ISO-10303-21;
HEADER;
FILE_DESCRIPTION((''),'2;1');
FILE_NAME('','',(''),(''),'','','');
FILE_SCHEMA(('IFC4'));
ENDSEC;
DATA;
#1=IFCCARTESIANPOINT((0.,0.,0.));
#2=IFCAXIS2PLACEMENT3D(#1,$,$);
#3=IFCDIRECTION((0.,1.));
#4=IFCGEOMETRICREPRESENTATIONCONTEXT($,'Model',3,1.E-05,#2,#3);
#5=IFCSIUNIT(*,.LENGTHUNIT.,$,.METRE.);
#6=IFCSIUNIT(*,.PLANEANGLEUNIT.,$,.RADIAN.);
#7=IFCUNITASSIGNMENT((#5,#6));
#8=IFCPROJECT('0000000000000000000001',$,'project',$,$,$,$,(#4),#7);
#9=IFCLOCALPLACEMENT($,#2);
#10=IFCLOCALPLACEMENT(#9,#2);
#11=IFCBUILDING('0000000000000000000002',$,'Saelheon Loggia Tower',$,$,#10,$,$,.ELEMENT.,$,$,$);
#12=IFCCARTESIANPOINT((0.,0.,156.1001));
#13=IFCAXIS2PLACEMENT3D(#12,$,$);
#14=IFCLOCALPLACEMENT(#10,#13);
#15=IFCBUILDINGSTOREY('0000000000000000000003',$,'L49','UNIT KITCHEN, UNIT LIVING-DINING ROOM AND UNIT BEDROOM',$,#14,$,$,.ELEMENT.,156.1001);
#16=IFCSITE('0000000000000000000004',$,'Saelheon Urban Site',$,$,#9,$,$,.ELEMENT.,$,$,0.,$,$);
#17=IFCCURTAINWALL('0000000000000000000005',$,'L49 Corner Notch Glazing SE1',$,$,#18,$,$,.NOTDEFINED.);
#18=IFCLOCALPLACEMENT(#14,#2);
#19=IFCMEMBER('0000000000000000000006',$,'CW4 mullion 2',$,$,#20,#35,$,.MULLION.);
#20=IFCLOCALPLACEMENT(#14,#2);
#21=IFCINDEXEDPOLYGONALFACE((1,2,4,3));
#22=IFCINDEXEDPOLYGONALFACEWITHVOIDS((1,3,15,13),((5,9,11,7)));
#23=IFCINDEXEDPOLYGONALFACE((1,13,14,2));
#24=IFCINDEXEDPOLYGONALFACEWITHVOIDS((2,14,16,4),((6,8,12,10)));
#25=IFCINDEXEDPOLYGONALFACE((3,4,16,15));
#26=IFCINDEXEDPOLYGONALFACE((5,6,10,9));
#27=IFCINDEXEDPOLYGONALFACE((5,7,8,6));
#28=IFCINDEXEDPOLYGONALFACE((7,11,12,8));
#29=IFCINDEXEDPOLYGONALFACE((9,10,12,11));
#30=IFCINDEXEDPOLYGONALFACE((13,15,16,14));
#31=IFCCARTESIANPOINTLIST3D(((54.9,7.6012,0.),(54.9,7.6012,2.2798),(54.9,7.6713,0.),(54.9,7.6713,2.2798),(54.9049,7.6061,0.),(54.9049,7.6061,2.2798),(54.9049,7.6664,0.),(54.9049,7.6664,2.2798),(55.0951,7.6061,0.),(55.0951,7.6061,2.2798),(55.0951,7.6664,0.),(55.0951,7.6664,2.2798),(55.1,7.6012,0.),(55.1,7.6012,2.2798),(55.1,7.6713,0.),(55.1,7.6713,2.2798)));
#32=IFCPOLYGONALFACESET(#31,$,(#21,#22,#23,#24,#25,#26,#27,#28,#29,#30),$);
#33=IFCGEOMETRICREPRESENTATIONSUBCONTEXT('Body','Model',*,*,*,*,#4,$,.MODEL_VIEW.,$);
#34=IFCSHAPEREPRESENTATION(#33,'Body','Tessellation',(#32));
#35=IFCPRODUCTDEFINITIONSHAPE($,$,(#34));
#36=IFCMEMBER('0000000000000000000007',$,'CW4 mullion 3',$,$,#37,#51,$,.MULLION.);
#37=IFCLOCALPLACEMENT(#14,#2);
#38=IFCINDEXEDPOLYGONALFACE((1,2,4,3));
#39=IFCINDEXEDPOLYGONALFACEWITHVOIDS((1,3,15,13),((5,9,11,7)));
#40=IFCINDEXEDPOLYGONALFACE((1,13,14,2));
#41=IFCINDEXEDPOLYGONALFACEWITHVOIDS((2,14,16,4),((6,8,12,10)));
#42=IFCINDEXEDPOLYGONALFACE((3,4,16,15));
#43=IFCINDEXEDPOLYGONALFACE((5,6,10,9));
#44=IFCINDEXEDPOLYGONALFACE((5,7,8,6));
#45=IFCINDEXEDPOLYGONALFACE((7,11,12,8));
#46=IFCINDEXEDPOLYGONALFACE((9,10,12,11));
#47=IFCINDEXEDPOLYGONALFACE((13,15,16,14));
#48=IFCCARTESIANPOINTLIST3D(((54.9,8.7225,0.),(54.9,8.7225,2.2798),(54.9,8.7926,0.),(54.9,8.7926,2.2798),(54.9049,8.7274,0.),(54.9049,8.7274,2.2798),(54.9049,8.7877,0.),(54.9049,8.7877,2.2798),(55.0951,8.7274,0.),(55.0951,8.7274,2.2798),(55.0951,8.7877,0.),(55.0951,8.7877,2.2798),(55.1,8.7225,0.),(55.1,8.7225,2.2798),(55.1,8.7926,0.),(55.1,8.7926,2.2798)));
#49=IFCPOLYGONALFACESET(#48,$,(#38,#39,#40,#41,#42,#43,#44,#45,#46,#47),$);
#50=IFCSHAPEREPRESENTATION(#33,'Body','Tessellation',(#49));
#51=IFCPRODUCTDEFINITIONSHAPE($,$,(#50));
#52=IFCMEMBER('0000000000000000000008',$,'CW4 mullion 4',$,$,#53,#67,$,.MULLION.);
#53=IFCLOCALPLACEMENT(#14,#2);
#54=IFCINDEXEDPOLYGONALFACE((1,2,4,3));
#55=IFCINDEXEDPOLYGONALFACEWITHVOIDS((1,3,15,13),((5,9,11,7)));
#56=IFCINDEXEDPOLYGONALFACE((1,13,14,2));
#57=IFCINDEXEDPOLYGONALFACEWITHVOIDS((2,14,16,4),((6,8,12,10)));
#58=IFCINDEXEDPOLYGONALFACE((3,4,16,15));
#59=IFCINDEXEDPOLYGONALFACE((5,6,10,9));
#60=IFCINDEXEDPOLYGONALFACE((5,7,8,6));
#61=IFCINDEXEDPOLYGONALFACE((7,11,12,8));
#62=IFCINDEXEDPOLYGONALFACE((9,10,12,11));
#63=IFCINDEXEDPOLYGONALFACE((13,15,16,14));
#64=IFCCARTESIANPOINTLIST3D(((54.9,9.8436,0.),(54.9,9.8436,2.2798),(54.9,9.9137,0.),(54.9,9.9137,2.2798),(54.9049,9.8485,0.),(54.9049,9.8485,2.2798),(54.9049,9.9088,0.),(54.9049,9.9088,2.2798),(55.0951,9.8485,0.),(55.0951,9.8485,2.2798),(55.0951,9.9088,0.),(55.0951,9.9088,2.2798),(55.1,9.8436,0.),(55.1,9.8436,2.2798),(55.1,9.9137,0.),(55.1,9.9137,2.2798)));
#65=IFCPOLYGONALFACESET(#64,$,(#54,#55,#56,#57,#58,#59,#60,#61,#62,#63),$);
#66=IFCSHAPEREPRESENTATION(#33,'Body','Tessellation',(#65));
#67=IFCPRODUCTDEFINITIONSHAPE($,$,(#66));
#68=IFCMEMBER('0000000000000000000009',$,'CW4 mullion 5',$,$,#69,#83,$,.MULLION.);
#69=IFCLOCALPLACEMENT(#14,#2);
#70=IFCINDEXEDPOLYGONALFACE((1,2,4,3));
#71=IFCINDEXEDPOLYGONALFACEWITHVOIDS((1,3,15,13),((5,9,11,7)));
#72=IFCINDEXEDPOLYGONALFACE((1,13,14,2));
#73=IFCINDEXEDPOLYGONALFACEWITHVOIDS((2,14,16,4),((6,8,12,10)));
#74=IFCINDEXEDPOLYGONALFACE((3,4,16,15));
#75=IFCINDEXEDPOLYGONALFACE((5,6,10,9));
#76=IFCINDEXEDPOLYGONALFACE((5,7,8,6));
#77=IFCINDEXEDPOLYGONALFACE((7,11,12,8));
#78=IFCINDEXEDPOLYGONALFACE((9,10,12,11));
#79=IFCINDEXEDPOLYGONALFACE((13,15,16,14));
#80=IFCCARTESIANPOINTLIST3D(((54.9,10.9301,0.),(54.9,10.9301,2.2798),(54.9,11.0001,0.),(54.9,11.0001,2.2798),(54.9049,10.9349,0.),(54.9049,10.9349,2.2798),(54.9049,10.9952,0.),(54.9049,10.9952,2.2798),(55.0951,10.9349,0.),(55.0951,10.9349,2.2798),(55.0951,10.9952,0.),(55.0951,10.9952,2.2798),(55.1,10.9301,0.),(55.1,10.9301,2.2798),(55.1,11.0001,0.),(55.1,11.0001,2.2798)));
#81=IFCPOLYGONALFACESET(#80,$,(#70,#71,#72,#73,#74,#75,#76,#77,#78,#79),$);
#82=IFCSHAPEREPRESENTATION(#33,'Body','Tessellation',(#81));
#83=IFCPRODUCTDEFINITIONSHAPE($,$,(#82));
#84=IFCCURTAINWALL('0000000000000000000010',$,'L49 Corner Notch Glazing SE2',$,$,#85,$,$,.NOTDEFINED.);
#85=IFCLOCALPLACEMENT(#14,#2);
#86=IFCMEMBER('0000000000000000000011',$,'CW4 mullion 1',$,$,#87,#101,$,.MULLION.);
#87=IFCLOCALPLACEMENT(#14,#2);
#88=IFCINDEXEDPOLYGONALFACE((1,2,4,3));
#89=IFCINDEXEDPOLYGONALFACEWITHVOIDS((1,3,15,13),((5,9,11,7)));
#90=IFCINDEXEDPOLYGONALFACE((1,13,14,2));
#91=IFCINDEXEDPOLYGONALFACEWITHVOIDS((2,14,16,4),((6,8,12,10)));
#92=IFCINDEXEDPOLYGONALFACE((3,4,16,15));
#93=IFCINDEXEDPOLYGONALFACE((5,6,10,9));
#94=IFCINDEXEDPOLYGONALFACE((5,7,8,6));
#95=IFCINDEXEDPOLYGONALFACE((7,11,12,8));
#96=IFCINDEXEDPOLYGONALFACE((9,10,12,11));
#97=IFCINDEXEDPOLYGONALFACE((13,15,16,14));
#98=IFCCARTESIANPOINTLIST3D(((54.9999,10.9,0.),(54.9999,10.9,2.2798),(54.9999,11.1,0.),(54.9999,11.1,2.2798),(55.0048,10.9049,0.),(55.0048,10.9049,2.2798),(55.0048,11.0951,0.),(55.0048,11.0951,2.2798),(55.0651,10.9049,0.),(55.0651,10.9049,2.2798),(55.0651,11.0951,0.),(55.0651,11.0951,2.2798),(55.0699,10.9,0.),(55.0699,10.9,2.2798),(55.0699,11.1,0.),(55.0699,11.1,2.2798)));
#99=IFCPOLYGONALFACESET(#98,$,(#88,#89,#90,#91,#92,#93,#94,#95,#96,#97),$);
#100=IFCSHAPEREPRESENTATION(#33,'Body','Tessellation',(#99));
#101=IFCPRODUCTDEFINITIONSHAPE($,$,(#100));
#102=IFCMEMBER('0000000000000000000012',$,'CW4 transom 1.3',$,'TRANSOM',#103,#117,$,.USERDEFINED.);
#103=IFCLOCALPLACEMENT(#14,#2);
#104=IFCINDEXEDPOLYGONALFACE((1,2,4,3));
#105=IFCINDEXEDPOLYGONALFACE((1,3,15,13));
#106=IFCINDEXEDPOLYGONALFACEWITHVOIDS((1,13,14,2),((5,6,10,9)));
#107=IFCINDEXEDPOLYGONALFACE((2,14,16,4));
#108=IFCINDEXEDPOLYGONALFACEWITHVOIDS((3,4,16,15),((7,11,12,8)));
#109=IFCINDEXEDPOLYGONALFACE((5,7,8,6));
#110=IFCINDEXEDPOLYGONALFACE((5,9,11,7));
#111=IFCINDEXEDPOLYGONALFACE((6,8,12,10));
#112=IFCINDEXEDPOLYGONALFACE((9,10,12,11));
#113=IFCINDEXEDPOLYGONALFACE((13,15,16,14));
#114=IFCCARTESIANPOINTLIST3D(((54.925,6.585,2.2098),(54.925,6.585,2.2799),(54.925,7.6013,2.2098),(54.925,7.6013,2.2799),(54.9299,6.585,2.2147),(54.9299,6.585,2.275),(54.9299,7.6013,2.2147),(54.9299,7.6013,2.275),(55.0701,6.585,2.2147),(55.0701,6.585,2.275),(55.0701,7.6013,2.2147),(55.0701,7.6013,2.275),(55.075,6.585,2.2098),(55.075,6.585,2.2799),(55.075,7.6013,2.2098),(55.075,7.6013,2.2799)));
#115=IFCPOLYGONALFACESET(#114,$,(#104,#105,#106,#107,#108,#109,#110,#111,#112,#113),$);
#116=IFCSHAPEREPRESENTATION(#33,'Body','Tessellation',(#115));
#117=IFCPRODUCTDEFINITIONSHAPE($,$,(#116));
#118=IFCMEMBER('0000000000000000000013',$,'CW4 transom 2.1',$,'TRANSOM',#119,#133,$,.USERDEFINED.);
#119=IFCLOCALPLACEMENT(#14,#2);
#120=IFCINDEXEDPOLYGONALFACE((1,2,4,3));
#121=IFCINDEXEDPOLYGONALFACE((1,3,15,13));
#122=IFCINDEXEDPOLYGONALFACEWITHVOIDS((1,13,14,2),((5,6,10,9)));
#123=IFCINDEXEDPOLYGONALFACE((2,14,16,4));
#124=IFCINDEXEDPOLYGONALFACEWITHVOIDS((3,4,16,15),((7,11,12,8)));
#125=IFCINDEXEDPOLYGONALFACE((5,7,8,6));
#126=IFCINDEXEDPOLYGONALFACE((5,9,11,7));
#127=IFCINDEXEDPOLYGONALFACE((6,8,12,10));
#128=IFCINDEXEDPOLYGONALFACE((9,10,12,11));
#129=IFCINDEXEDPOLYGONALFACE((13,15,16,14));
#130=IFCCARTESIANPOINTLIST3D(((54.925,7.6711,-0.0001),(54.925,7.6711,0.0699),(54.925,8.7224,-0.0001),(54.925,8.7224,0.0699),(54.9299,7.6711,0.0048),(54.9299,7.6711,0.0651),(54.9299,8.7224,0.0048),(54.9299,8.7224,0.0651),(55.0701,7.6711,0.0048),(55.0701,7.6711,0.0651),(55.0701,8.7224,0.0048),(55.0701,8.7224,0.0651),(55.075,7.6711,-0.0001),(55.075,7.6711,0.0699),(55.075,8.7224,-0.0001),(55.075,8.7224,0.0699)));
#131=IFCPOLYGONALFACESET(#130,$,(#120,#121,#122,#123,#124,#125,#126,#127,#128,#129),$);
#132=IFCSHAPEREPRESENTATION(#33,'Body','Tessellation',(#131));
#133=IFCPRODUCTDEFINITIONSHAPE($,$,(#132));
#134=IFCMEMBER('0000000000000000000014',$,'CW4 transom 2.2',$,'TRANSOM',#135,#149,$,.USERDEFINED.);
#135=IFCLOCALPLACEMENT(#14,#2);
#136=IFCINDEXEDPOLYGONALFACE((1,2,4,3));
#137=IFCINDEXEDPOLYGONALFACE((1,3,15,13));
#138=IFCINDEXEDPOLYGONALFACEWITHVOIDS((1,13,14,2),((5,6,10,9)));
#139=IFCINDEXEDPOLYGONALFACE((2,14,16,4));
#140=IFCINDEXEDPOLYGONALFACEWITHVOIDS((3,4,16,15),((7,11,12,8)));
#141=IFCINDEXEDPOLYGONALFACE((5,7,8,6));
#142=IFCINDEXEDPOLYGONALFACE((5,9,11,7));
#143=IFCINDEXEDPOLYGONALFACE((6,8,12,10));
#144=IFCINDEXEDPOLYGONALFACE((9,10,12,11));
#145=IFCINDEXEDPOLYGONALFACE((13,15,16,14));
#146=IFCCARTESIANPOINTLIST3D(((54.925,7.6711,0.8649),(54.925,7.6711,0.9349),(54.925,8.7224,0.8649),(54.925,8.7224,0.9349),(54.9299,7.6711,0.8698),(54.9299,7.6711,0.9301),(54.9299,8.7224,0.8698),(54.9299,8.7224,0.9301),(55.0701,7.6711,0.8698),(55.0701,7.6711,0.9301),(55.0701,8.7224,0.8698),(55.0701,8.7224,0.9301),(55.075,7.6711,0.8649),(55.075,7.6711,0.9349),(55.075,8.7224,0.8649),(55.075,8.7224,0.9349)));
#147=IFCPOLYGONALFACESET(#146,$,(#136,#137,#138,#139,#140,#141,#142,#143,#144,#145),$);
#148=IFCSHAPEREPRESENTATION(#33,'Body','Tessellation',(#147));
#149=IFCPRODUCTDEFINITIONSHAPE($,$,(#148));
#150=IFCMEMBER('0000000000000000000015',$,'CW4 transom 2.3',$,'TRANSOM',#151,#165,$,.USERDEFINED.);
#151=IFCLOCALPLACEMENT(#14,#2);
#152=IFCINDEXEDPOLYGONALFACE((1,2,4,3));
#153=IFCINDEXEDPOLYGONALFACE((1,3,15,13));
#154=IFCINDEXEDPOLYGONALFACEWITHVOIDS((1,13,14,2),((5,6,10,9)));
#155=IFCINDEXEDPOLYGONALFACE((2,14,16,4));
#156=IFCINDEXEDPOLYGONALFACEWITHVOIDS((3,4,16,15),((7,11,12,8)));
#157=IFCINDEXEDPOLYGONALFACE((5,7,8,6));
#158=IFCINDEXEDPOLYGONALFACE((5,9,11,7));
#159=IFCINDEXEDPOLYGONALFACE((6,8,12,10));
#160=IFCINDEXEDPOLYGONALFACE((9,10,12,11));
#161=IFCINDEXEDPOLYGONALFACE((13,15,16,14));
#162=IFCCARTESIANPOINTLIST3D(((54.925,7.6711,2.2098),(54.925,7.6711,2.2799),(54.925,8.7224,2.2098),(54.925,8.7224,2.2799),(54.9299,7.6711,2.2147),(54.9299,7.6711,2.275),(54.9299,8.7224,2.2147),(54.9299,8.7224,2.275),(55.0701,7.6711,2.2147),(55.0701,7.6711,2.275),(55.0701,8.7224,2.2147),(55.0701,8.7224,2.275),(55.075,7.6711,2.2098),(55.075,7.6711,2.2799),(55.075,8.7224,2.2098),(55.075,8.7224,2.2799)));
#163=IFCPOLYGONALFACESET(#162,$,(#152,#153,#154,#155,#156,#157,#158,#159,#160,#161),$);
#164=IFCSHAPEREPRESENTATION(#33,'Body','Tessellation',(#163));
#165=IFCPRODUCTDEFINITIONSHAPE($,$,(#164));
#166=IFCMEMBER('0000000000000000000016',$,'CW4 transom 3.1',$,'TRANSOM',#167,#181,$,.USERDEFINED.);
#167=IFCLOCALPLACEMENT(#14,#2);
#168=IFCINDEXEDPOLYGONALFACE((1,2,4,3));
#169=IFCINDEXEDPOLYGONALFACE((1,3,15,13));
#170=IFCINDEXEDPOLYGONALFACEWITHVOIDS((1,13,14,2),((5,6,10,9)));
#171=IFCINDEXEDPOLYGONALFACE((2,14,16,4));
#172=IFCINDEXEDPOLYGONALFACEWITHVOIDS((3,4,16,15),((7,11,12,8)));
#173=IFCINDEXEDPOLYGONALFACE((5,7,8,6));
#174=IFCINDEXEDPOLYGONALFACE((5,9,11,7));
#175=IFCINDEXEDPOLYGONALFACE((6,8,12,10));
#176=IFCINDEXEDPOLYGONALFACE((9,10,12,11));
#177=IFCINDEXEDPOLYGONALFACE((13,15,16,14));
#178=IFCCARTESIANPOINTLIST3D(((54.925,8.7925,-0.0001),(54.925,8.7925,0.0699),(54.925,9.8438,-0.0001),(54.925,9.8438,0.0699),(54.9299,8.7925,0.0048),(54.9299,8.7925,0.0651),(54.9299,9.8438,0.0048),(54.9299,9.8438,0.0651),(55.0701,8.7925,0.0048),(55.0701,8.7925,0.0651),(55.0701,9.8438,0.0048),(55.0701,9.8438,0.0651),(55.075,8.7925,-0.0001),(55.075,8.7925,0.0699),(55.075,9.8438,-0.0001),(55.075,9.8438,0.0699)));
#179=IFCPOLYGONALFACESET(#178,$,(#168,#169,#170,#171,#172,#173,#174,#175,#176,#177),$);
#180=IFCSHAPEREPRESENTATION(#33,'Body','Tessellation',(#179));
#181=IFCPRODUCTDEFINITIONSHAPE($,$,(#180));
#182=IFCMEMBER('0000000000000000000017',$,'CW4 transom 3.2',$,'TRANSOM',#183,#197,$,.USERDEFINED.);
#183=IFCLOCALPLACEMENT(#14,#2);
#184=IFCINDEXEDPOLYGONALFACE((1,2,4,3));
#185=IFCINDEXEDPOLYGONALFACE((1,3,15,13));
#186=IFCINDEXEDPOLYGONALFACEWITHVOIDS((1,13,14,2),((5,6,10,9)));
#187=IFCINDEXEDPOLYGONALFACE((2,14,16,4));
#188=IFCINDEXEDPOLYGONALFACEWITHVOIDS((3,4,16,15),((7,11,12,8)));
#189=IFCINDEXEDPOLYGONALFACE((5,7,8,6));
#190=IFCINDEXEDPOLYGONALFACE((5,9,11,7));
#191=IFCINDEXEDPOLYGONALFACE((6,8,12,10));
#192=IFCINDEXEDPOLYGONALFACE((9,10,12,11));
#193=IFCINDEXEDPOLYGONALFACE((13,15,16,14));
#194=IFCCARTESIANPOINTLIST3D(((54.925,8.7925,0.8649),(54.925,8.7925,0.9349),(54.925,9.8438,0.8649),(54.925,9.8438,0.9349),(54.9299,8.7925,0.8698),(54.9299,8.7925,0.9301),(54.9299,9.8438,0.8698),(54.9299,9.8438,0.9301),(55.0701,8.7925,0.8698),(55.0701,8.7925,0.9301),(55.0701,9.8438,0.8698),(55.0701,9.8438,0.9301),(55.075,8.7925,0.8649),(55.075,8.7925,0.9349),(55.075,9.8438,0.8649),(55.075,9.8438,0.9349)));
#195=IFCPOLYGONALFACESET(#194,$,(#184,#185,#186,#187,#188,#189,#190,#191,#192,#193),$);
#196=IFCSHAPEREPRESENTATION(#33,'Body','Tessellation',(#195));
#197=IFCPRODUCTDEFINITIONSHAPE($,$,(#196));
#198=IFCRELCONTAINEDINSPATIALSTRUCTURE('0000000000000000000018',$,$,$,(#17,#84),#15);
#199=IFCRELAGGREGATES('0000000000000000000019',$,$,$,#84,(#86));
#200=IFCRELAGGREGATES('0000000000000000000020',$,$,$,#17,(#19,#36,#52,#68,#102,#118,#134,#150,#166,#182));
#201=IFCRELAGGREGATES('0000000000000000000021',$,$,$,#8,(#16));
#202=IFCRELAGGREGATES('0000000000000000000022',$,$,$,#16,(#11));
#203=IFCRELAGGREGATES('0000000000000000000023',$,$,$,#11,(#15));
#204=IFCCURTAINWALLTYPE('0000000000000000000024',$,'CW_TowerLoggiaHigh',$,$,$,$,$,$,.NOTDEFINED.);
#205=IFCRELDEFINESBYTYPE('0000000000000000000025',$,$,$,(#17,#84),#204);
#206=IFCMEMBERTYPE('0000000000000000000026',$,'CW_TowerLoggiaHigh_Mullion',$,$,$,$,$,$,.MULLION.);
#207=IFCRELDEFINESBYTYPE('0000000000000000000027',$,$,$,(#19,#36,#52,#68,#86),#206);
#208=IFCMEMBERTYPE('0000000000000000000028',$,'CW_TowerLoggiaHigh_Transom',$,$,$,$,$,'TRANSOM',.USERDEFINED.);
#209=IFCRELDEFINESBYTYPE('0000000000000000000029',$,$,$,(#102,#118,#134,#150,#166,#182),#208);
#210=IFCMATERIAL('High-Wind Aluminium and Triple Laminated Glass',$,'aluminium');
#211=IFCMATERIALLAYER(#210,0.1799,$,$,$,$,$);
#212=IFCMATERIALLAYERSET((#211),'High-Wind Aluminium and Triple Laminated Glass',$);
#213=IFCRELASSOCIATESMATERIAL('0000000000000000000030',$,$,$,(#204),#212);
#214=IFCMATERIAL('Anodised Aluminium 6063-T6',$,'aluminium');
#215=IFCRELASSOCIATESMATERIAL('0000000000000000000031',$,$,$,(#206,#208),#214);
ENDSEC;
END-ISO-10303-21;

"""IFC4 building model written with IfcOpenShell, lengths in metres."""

from ifc_helpers import new_model, si_unit, direction, frame, origin, origin_2d, place, context, subcontext, project, spatial, hollow_rectangle, extrude, source, transform, mapped, material, layer, layer_set, material_profile, profile_set, type_object, element, aggregate, save


model = new_model("IFC4")

# Units and contexts
model_context = context("Model", 3, precision=1e-05, world=origin(), true_north=direction((0.0, 1.0)))
body_context = subcontext(model_context, "Body", "Model", "MODEL_VIEW")
ifc_project = project(units=[si_unit("LENGTHUNIT", "METRE"), si_unit("PLANEANGLEUNIT", "RADIAN")], contexts=[model_context])

# Site, building, storey
site_placement = place(None, origin())
site = spatial("IfcSite", under=ifc_project, at=site_placement, Name="Saelheon Urban Site", CompositionType="ELEMENT", RefElevation=0.0)
building_placement = place(site_placement, origin())
building = spatial("IfcBuilding", under=site, at=building_placement, Name="Saelheon Loggia Tower", CompositionType="ELEMENT")
storey_placement = place(building_placement, frame((0.0, 0.0, 156.1001)))
storey = spatial("IfcBuildingStorey", under=building, at=storey_placement, Name="L49", Description="UNIT KITCHEN, UNIT LIVING-DINING ROOM AND UNIT BEDROOM", CompositionType="ELEMENT", Elevation=156.1001)

# Curtain wall, members
ifc_material_1 = material(Name="High-Wind Aluminium and Triple Laminated Glass", Category="aluminium")
ifc_layer_1 = layer(ifc_material_1, 0.1799)
ifc_layer_set_1 = layer_set([ifc_layer_1], Name="High-Wind Aluminium and Triple Laminated Glass")
curtain_wall_type = type_object("IfcCurtainWallType", Name="CW_TowerLoggiaHigh", PredefinedType="NOTDEFINED", material=ifc_layer_set_1)
curtain_wall_1_placement = place(storey_placement, origin())
curtain_wall_1 = element("IfcCurtainWall", 1, at=curtain_wall_1_placement, inside=storey, type_object=curtain_wall_type, Name="L49 Corner Notch Glazing SE1", PredefinedType="NOTDEFINED")
ifc_material_2 = material(Name="Anodised Aluminium 6063-T6", Category="aluminium")
ifc_material_profile_1 = material_profile(ifc_material_2, hollow_rectangle(XDim=0.0701, YDim=0.2, WallThickness=0.0049, at=origin_2d()), Name="RHS-200x70x5")
ifc_profile_set_1 = profile_set([ifc_material_profile_1], Name="Anodised Aluminium 6063-T6")
member_type_1 = type_object("IfcMemberType", Name="CW_TowerLoggiaHigh_Mullion", PredefinedType="MULLION", material=ifc_profile_set_1)
shared_shape_1 = source(origin(), body_context, "Body", "SweptSolid", [
    extrude(hollow_rectangle(XDim=0.0701, YDim=0.2, WallThickness=0.0049, at=origin_2d()), origin(), (0.0, 0.0, 1.0), 2.2798),
])
member_1_placement = place(storey_placement, frame((55.0, 7.6362, 0.0), z_axis=(0.0, 0.0, 1.0), x_axis=(0.0, 1.0, 0.0)))
member_1 = element("IfcMember", 2, at=member_1_placement, type_object=member_type_1, Name="CW4 mullion 2", PredefinedType="MULLION", context=body_context, shape_type="MappedRepresentation", body=[
    mapped(shared_shape_1, transform((0.0, 0.0, 0.0), scale=1.0)),
])
member_2_placement = place(storey_placement, frame((55.0, 8.7576, 0.0), z_axis=(0.0, 0.0, 1.0), x_axis=(0.0, 1.0, 0.0)))
member_2 = element("IfcMember", 3, at=member_2_placement, type_object=member_type_1, Name="CW4 mullion 3", PredefinedType="MULLION", context=body_context, shape_type="MappedRepresentation", body=[
    mapped(shared_shape_1, transform((0.0, 0.0, 0.0), scale=1.0)),
])
member_3_placement = place(storey_placement, frame((55.0, 9.8787, 0.0), z_axis=(0.0, 0.0, 1.0), x_axis=(0.0, 1.0, 0.0)))
member_3 = element("IfcMember", 4, at=member_3_placement, type_object=member_type_1, Name="CW4 mullion 4", PredefinedType="MULLION", context=body_context, shape_type="MappedRepresentation", body=[
    mapped(shared_shape_1, transform((0.0, 0.0, 0.0), scale=1.0)),
])
member_4_placement = place(storey_placement, frame((55.0, 10.9651, 0.0), z_axis=(0.0, 0.0, 1.0), x_axis=(0.0, 1.0, 0.0)))
member_4 = element("IfcMember", 5, at=member_4_placement, type_object=member_type_1, Name="CW4 mullion 5", PredefinedType="MULLION", context=body_context, shape_type="MappedRepresentation", body=[
    mapped(shared_shape_1, transform((0.0, 0.0, 0.0), scale=1.0)),
])

# Curtain wall, member
curtain_wall_2_placement = place(storey_placement, origin())
curtain_wall_2 = element("IfcCurtainWall", 6, at=curtain_wall_2_placement, inside=storey, type_object=curtain_wall_type, Name="L49 Corner Notch Glazing SE2", PredefinedType="NOTDEFINED")
member_5_placement = place(storey_placement, frame((55.0349, 11.0, 0.0), z_axis=(0.0, 0.0, 1.0), x_axis=(1.0, 0.0, 0.0)))
member_5 = element("IfcMember", 7, at=member_5_placement, type_object=member_type_1, Name="CW4 mullion 1", PredefinedType="MULLION", context=body_context, shape_type="MappedRepresentation", body=[
    mapped(shared_shape_1, transform((0.0, 0.0, 0.0), scale=1.0)),
])

# Members
ifc_material_profile_2 = material_profile(ifc_material_2, hollow_rectangle(XDim=0.0701, YDim=0.1499, WallThickness=0.0049, at=origin_2d()), Name="RHS-150x70x5")
ifc_profile_set_2 = profile_set([ifc_material_profile_2], Name="Anodised Aluminium 6063-T6")
member_type_2 = type_object("IfcMemberType", Name="CW_TowerLoggiaHigh_Transom", ElementType="TRANSOM", PredefinedType="USERDEFINED", material=ifc_profile_set_2)
shared_shape_2 = source(origin(), body_context, "Body", "SweptSolid", [
    extrude(hollow_rectangle(XDim=0.0701, YDim=0.1499, WallThickness=0.0049, at=origin_2d()), origin(), (0.0, 0.0, 1.0), 1.0164),
])
member_6_placement = place(storey_placement, frame((55.0, 6.585, 2.2449), z_axis=(0.0, 1.0, 0.0), x_axis=(0.0, 0.0, 1.0)))
member_6 = element("IfcMember", 8, at=member_6_placement, type_object=member_type_2, Name="CW4 transom 1.3", ObjectType="TRANSOM", PredefinedType="USERDEFINED", context=body_context, shape_type="MappedRepresentation", body=[
    mapped(shared_shape_2, transform((0.0, 0.0, 0.0), scale=1.0)),
])
shared_shape_3 = source(origin(), body_context, "Body", "SweptSolid", [
    extrude(hollow_rectangle(XDim=0.0701, YDim=0.1499, WallThickness=0.0049, at=origin_2d()), origin(), (0.0, 0.0, 1.0), 1.0513),
])
member_7_placement = place(storey_placement, frame((55.0, 7.6711, 0.0349), z_axis=(0.0, 1.0, 0.0), x_axis=(0.0, 0.0, 1.0)))
member_7 = element("IfcMember", 9, at=member_7_placement, type_object=member_type_2, Name="CW4 transom 2.1", ObjectType="TRANSOM", PredefinedType="USERDEFINED", context=body_context, shape_type="MappedRepresentation", body=[
    mapped(shared_shape_3, transform((0.0, 0.0, 0.0), scale=1.0)),
])
member_8_placement = place(storey_placement, frame((55.0, 7.6711, 0.8999), z_axis=(0.0, 1.0, 0.0), x_axis=(0.0, 0.0, 1.0)))
member_8 = element("IfcMember", 10, at=member_8_placement, type_object=member_type_2, Name="CW4 transom 2.2", ObjectType="TRANSOM", PredefinedType="USERDEFINED", context=body_context, shape_type="MappedRepresentation", body=[
    mapped(shared_shape_3, transform((0.0, 0.0, 0.0), scale=1.0)),
])
member_9_placement = place(storey_placement, frame((55.0, 7.6711, 2.2449), z_axis=(0.0, 1.0, 0.0), x_axis=(0.0, 0.0, 1.0)))
member_9 = element("IfcMember", 11, at=member_9_placement, type_object=member_type_2, Name="CW4 transom 2.3", ObjectType="TRANSOM", PredefinedType="USERDEFINED", context=body_context, shape_type="MappedRepresentation", body=[
    mapped(shared_shape_3, transform((0.0, 0.0, 0.0), scale=1.0)),
])
member_10_placement = place(storey_placement, frame((55.0, 8.7925, 0.0349), z_axis=(0.0, 1.0, 0.0), x_axis=(0.0, 0.0, 1.0)))
member_10 = element("IfcMember", 12, at=member_10_placement, type_object=member_type_2, Name="CW4 transom 3.1", ObjectType="TRANSOM", PredefinedType="USERDEFINED", context=body_context, shape_type="MappedRepresentation", body=[
    mapped(shared_shape_3, transform((0.0, 0.0, 0.0), scale=1.0)),
])
member_11_placement = place(storey_placement, frame((55.0, 8.7925, 0.8999), z_axis=(0.0, 1.0, 0.0), x_axis=(0.0, 0.0, 1.0)))
member_11 = element("IfcMember", 13, at=member_11_placement, type_object=member_type_2, Name="CW4 transom 3.2", ObjectType="TRANSOM", PredefinedType="USERDEFINED", context=body_context, shape_type="MappedRepresentation", body=[
    mapped(shared_shape_3, transform((0.0, 0.0, 0.0), scale=1.0)),
])

aggregate(curtain_wall_2, [member_5])
aggregate(curtain_wall_1, [member_1, member_2, member_3, member_4, member_6, member_7, member_8, member_9, member_10, member_11])

save(model, "model.ifc")
